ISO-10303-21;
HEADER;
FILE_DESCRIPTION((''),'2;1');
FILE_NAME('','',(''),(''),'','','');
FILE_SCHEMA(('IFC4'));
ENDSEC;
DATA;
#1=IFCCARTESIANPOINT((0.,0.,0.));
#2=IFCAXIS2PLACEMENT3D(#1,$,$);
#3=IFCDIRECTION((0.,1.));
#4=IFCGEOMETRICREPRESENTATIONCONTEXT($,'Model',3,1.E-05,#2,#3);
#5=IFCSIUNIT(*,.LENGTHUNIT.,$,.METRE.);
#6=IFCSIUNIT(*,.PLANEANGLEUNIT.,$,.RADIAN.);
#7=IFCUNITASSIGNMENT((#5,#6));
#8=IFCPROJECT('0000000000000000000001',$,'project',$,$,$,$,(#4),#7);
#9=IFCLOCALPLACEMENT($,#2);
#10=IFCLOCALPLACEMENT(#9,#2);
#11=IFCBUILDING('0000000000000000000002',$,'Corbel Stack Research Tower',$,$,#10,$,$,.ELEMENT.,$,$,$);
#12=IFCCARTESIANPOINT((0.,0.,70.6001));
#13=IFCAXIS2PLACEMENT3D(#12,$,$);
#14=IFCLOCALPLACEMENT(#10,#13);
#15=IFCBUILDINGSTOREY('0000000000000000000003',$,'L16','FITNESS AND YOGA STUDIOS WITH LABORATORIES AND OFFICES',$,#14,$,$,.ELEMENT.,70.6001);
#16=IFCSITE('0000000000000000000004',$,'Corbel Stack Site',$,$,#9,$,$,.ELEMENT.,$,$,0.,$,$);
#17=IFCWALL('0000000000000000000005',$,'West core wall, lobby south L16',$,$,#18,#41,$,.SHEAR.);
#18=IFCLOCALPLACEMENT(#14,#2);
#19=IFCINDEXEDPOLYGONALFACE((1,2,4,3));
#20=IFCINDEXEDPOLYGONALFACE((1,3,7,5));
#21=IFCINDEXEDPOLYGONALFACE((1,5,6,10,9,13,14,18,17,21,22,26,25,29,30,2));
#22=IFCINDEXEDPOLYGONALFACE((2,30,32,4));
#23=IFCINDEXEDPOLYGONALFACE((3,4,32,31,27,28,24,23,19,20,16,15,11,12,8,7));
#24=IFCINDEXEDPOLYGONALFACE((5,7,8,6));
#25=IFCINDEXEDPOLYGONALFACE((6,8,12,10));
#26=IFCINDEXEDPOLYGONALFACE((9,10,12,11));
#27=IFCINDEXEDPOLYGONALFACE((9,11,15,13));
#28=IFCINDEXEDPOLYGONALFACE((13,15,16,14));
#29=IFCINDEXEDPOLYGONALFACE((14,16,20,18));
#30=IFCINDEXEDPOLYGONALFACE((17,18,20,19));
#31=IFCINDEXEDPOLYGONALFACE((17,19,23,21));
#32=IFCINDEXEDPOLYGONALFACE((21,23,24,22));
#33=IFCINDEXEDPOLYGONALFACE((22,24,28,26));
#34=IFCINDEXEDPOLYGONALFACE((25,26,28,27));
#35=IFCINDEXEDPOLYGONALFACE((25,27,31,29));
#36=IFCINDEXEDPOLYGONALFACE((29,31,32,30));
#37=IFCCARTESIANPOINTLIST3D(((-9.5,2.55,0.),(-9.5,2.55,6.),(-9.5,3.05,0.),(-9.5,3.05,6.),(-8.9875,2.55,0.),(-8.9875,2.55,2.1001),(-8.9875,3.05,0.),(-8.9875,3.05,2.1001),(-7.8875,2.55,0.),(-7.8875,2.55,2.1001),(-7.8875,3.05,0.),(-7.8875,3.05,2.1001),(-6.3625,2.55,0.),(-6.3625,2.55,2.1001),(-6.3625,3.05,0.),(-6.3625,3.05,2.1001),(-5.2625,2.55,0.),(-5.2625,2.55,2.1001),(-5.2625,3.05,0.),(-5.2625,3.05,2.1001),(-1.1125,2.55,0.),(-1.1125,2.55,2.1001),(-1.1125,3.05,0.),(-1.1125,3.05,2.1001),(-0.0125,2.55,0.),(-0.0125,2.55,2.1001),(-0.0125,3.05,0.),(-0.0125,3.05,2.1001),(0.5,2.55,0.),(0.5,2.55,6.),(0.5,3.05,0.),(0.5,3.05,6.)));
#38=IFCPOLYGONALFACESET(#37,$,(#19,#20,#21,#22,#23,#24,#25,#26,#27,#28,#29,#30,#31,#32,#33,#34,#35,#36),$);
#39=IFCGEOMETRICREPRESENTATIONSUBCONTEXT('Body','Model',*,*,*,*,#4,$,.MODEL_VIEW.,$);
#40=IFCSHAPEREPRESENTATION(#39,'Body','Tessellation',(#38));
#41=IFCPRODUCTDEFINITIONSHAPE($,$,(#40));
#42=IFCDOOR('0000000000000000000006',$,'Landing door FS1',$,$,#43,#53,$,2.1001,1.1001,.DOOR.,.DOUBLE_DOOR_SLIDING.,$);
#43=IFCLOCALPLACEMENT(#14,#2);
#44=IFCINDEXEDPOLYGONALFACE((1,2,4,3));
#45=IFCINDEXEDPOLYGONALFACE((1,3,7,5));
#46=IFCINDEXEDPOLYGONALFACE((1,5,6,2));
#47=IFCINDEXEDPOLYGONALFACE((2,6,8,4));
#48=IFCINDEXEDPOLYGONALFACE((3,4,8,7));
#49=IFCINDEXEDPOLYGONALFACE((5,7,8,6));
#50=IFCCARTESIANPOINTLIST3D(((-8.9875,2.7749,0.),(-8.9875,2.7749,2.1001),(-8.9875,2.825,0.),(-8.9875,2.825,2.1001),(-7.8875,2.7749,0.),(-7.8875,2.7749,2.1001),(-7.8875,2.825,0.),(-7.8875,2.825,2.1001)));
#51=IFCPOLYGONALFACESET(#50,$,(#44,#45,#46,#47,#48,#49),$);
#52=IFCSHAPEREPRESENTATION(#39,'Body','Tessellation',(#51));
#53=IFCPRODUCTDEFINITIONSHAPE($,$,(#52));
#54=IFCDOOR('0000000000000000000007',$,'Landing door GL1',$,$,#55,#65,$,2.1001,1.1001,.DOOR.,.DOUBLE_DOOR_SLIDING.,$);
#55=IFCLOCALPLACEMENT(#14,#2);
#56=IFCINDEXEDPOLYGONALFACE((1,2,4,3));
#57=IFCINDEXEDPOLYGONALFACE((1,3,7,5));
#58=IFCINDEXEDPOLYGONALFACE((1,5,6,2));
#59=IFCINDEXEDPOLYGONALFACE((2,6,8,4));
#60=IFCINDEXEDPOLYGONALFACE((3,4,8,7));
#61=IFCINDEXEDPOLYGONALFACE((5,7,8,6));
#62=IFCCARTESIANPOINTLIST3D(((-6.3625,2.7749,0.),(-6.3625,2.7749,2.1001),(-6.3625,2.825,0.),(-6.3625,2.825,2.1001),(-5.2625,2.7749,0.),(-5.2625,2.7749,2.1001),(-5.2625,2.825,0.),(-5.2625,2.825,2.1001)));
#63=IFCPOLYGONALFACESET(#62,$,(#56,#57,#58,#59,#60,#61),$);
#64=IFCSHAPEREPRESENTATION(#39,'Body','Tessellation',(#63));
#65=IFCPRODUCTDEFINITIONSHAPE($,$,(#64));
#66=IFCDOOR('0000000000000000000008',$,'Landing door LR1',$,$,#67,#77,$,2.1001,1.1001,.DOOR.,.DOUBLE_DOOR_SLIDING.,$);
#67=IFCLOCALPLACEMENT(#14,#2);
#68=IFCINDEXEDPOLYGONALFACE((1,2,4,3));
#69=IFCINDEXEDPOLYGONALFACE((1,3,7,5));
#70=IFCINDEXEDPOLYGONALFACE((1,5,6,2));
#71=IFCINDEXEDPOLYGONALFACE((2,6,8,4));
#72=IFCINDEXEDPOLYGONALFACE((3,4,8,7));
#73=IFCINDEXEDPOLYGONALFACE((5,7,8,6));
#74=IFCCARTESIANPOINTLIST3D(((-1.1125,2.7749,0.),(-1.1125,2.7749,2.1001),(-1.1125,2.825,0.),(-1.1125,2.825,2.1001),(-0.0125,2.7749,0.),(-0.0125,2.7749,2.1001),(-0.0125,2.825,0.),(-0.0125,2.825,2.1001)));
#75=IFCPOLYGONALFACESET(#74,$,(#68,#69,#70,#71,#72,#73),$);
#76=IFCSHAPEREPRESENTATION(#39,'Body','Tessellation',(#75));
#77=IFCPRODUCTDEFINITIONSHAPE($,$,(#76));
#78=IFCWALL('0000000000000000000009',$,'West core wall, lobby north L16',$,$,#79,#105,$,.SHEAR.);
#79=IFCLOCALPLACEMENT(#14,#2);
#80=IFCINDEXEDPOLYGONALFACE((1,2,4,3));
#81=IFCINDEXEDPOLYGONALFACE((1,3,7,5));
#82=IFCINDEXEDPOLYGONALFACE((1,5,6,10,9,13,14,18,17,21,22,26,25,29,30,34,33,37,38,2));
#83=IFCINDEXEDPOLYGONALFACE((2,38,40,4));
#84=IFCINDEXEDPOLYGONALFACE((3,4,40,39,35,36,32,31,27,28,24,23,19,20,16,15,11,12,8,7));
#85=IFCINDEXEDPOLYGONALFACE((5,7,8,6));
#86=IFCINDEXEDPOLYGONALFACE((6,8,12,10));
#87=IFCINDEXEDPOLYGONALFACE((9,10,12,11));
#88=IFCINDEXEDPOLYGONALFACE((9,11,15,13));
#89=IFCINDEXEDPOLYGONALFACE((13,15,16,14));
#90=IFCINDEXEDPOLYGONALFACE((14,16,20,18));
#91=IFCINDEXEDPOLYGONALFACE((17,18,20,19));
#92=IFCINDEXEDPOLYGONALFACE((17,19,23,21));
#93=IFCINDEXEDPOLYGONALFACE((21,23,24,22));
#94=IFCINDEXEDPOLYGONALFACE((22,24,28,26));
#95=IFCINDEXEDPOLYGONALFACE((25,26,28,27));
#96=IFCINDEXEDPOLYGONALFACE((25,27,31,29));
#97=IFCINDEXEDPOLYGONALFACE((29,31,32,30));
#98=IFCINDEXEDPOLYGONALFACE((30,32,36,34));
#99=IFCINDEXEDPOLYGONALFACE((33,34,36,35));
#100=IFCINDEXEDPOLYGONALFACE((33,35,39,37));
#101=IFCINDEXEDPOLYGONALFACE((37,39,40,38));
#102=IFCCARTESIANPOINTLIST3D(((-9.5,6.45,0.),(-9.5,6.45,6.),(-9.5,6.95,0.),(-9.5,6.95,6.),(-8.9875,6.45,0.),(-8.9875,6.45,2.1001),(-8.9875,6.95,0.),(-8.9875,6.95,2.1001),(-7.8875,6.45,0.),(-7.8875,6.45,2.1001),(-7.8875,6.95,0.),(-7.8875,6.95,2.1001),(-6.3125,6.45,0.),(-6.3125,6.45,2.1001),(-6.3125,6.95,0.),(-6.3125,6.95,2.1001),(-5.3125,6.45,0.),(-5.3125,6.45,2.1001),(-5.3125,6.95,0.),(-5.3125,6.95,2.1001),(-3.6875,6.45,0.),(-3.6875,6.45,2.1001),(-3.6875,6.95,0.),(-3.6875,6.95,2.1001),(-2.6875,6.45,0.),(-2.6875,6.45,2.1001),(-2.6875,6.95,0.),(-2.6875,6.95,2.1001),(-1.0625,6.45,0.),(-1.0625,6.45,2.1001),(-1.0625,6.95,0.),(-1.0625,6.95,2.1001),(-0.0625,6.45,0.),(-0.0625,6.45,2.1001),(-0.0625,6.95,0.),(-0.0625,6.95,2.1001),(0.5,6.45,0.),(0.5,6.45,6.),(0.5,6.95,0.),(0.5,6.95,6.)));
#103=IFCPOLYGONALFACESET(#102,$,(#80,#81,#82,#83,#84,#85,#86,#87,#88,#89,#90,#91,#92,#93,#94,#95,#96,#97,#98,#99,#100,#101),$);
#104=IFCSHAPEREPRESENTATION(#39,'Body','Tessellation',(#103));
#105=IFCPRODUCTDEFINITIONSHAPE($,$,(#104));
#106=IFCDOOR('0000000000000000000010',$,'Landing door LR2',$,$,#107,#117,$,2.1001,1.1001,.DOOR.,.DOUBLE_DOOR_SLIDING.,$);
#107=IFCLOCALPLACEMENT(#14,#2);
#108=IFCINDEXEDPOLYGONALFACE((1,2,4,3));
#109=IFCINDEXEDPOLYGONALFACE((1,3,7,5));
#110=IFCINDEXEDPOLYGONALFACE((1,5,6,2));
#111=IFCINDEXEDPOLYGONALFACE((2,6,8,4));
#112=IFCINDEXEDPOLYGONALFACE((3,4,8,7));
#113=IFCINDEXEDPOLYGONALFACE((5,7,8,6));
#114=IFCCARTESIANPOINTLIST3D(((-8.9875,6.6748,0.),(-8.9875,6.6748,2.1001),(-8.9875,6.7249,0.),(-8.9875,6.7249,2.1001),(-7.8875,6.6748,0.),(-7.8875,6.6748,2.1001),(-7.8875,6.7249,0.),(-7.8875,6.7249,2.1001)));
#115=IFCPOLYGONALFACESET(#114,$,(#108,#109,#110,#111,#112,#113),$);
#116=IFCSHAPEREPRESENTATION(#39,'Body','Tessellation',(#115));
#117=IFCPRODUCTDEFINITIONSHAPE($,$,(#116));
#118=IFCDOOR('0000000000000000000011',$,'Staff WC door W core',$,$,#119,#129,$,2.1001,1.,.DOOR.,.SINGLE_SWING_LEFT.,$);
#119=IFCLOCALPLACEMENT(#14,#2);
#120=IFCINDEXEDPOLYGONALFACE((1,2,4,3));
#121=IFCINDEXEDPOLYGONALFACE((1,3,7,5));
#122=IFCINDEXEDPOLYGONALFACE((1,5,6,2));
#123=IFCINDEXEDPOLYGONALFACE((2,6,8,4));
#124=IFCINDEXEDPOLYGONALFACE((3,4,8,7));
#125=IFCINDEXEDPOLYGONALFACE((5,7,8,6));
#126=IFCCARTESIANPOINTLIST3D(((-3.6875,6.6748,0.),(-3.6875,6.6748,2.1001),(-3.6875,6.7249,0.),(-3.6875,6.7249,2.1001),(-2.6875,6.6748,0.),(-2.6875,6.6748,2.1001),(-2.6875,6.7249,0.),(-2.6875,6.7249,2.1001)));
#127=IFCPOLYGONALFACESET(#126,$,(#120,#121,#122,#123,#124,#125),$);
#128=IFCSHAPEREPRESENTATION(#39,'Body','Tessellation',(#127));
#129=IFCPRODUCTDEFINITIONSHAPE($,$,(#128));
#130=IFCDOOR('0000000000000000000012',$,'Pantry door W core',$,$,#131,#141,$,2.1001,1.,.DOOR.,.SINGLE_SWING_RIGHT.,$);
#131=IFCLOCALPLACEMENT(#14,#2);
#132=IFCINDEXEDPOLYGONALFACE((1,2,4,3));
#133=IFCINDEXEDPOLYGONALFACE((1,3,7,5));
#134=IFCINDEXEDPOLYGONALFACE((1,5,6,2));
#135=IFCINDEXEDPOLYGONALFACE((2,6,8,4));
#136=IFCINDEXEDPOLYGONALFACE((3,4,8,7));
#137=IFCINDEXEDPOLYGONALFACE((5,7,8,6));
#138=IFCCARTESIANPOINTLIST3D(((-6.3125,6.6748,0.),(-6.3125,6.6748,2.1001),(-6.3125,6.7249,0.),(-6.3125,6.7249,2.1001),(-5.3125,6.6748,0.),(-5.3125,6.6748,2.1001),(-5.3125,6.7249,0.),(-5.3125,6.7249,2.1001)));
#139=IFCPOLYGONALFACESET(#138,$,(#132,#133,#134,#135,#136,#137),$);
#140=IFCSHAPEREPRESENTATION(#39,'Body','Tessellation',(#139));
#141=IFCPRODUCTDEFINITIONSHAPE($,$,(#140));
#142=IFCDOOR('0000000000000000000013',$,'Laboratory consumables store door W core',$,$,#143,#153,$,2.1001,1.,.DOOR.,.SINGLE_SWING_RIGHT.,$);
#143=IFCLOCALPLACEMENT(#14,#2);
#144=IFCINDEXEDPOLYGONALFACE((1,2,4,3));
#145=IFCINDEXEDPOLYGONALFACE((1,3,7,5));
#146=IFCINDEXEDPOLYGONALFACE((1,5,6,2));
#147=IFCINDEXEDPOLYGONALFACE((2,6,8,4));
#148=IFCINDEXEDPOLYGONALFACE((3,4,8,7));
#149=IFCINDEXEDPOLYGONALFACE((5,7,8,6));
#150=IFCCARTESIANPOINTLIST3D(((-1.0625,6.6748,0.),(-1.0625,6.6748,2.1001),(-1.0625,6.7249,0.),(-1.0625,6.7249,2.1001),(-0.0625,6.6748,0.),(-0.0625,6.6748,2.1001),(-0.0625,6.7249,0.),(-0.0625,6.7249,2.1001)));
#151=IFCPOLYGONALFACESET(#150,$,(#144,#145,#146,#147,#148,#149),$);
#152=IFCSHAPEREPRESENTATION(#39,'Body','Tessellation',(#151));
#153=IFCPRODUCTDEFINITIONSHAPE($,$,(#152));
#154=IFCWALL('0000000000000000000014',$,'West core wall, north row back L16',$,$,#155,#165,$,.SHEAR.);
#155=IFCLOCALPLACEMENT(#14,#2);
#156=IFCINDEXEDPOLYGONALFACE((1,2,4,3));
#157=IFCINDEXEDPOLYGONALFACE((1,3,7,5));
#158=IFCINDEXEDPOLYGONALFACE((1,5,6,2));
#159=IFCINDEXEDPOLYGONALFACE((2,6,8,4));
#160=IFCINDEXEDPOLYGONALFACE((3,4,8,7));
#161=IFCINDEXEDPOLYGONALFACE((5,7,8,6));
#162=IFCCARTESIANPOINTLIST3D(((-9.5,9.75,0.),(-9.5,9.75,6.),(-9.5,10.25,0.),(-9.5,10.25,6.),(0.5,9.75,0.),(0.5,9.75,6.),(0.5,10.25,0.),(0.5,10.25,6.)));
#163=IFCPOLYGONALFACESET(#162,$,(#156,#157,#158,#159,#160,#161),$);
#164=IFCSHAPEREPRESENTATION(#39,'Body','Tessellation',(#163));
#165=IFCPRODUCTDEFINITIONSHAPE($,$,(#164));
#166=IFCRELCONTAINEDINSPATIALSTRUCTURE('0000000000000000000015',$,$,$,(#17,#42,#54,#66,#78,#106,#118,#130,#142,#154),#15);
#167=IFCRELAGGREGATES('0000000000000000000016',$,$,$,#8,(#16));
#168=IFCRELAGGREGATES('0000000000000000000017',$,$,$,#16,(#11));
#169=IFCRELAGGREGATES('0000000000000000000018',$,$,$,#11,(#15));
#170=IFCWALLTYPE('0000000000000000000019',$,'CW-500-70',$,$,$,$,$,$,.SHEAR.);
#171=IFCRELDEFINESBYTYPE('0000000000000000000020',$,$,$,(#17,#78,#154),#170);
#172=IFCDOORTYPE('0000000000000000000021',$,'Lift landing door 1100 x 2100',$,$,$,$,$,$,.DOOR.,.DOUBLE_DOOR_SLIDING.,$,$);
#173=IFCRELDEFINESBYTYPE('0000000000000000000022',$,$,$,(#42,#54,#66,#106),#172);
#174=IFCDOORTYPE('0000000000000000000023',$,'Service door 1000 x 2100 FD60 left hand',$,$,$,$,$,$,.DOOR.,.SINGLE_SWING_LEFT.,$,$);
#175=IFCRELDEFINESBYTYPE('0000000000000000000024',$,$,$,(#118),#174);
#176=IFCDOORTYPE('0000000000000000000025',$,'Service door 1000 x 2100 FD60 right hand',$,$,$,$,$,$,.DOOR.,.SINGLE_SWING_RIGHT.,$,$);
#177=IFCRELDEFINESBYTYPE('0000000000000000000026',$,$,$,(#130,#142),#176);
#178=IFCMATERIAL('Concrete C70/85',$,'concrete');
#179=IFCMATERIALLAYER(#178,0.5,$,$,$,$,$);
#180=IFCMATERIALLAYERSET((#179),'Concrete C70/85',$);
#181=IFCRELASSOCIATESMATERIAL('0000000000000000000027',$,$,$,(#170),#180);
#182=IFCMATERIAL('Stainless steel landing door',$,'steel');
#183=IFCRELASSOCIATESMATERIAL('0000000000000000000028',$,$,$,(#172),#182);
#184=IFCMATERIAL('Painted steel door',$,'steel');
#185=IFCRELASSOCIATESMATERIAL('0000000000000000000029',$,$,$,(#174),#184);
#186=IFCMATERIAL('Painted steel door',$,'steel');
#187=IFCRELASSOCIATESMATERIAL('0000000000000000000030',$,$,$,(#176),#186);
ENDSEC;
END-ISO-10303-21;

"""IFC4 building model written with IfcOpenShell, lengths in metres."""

from ifc_helpers import new_model, si_unit, direction, frame, frame_2d, origin, place, context, subcontext, project, spatial, rectangle, extrude, material, layer, layer_set, type_object, element, fill, save


model = new_model("IFC4")

# Units and contexts
model_context = context("Model", 3, precision=1e-05, world=origin(), true_north=direction((0.0, 1.0)))
body_context = subcontext(model_context, "Body", "Model", "MODEL_VIEW")
ifc_project = project(units=[si_unit("LENGTHUNIT", "METRE"), si_unit("PLANEANGLEUNIT", "RADIAN")], contexts=[model_context])

# Site, building, storey
site_placement = place(None, origin())
site = spatial("IfcSite", under=ifc_project, at=site_placement, Name="Corbel Stack Site", CompositionType="ELEMENT", RefElevation=0.0)
building_placement = place(site_placement, origin())
building = spatial("IfcBuilding", under=site, at=building_placement, Name="Corbel Stack Research Tower", CompositionType="ELEMENT")
storey_placement = place(building_placement, frame((0.0, 0.0, 70.6001)))
storey = spatial("IfcBuildingStorey", under=building, at=storey_placement, Name="L16", Description="FITNESS AND YOGA STUDIOS WITH LABORATORIES AND OFFICES", CompositionType="ELEMENT", Elevation=70.6001)

# Walls, openings, doors
ifc_material_1 = material(Name="Concrete C70/85", Category="concrete")
ifc_layer_1 = layer(ifc_material_1, 0.5)
ifc_layer_set_1 = layer_set([ifc_layer_1], Name="Concrete C70/85")
wall_type = type_object("IfcWallType", Name="CW-500-70", PredefinedType="SHEAR", material=ifc_layer_set_1)
wall_1_placement = place(storey_placement, frame((-9.5, 2.8, 0.0), z_axis=(0.0, 0.0, 1.0), x_axis=(1.0, 0.0, 0.0)))
wall_1 = element("IfcWall", 1, at=wall_1_placement, inside=storey, type_object=wall_type, Name="West core wall, lobby south L16", PredefinedType="SHEAR", context=body_context, shape_type="SweptSolid", body=[
    extrude(rectangle(XDim=10.0, YDim=0.5, at=frame_2d((5.0, 0.0))), origin(), (0.0, 0.0, 1.0), 6.0),
])
opening_1_placement = place(wall_1_placement, frame((0.5125, 0.0, 0.0)))
opening_1 = element("IfcOpeningElement", 2, at=opening_1_placement, cuts=wall_1, PredefinedType="OPENING", context=body_context, shape_type="SweptSolid", body=[
    extrude(rectangle(XDim=1.1001, YDim=2.1001, at=frame_2d((0.55, 1.05))), frame((0.0, 0.26, 0.0), z_axis=(0.0, -1.0, 0.0), x_axis=(1.0, 0.0, 0.0)), (0.0, 0.0, 1.0), 0.52),
])
opening_2_placement = place(wall_1_placement, frame((3.1375, 0.0, 0.0)))
opening_2 = element("IfcOpeningElement", 3, at=opening_2_placement, cuts=wall_1, PredefinedType="OPENING", context=body_context, shape_type="SweptSolid", body=[
    extrude(rectangle(XDim=1.1001, YDim=2.1001, at=frame_2d((0.55, 1.05))), frame((0.0, 0.26, 0.0), z_axis=(0.0, -1.0, 0.0), x_axis=(1.0, 0.0, 0.0)), (0.0, 0.0, 1.0), 0.52),
])
opening_3_placement = place(wall_1_placement, frame((8.3875, 0.0, 0.0)))
opening_3 = element("IfcOpeningElement", 4, at=opening_3_placement, cuts=wall_1, PredefinedType="OPENING", context=body_context, shape_type="SweptSolid", body=[
    extrude(rectangle(XDim=1.1001, YDim=2.1001, at=frame_2d((0.55, 1.05))), frame((0.0, 0.26, 0.0), z_axis=(0.0, -1.0, 0.0), x_axis=(1.0, 0.0, 0.0)), (0.0, 0.0, 1.0), 0.52),
])
ifc_material_2 = material(Name="Stainless steel landing door", Category="steel")
door_type_1 = type_object("IfcDoorType", Name="Lift landing door 1100 x 2100", OperationType="DOUBLE_DOOR_SLIDING", PredefinedType="DOOR", material=ifc_material_2)
door_1_placement = place(opening_1_placement, origin())
door_1 = element("IfcDoor", 5, at=door_1_placement, inside=storey, type_object=door_type_1, Name="Landing door FS1", OperationType="DOUBLE_DOOR_SLIDING", OverallHeight=2.1001, OverallWidth=1.1001, PredefinedType="DOOR", context=body_context, shape_type="SweptSolid", body=[
    extrude(rectangle(XDim=1.1001, YDim=2.1001, at=frame_2d((0.55, 1.05))), frame((0.0, 0.0249, 0.0), z_axis=(0.0, -1.0, 0.0), x_axis=(1.0, 0.0, 0.0)), (0.0, 0.0, 1.0), 0.05),
])
fill(opening_1, door_1)
door_2_placement = place(opening_2_placement, origin())
door_2 = element("IfcDoor", 6, at=door_2_placement, inside=storey, type_object=door_type_1, Name="Landing door GL1", OperationType="DOUBLE_DOOR_SLIDING", OverallHeight=2.1001, OverallWidth=1.1001, PredefinedType="DOOR", context=body_context, shape_type="SweptSolid", body=[
    extrude(rectangle(XDim=1.1001, YDim=2.1001, at=frame_2d((0.55, 1.05))), frame((0.0, 0.0249, 0.0), z_axis=(0.0, -1.0, 0.0), x_axis=(1.0, 0.0, 0.0)), (0.0, 0.0, 1.0), 0.05),
])
fill(opening_2, door_2)
door_3_placement = place(opening_3_placement, origin())
door_3 = element("IfcDoor", 7, at=door_3_placement, inside=storey, type_object=door_type_1, Name="Landing door LR1", OperationType="DOUBLE_DOOR_SLIDING", OverallHeight=2.1001, OverallWidth=1.1001, PredefinedType="DOOR", context=body_context, shape_type="SweptSolid", body=[
    extrude(rectangle(XDim=1.1001, YDim=2.1001, at=frame_2d((0.55, 1.05))), frame((0.0, 0.0249, 0.0), z_axis=(0.0, -1.0, 0.0), x_axis=(1.0, 0.0, 0.0)), (0.0, 0.0, 1.0), 0.05),
])
fill(opening_3, door_3)
wall_2_placement = place(storey_placement, frame((-9.5, 6.7, 0.0), z_axis=(0.0, 0.0, 1.0), x_axis=(1.0, 0.0, 0.0)))
wall_2 = element("IfcWall", 8, at=wall_2_placement, inside=storey, type_object=wall_type, Name="West core wall, lobby north L16", PredefinedType="SHEAR", context=body_context, shape_type="SweptSolid", body=[
    extrude(rectangle(XDim=10.0, YDim=0.5, at=frame_2d((5.0, 0.0))), origin(), (0.0, 0.0, 1.0), 6.0),
])
opening_4_placement = place(wall_2_placement, frame((0.5125, 0.0, 0.0)))
opening_4 = element("IfcOpeningElement", 9, at=opening_4_placement, cuts=wall_2, PredefinedType="OPENING", context=body_context, shape_type="SweptSolid", body=[
    extrude(rectangle(XDim=1.1001, YDim=2.1001, at=frame_2d((0.55, 1.05))), frame((0.0, 0.26, 0.0), z_axis=(0.0, -1.0, 0.0), x_axis=(1.0, 0.0, 0.0)), (0.0, 0.0, 1.0), 0.52),
])
opening_5_placement = place(wall_2_placement, frame((3.1875, 0.0, 0.0)))
opening_5 = element("IfcOpeningElement", 10, at=opening_5_placement, cuts=wall_2, PredefinedType="OPENING", context=body_context, shape_type="SweptSolid", body=[
    extrude(rectangle(XDim=1.0, YDim=2.1001, at=frame_2d((0.5, 1.05))), frame((0.0, 0.26, 0.0), z_axis=(0.0, -1.0, 0.0), x_axis=(1.0, 0.0, 0.0)), (0.0, 0.0, 1.0), 0.52),
])
opening_6_placement = place(wall_2_placement, frame((5.8125, 0.0, 0.0)))
opening_6 = element("IfcOpeningElement", 11, at=opening_6_placement, cuts=wall_2, PredefinedType="OPENING", context=body_context, shape_type="SweptSolid", body=[
    extrude(rectangle(XDim=1.0, YDim=2.1001, at=frame_2d((0.5, 1.05))), frame((0.0, 0.26, 0.0), z_axis=(0.0, -1.0, 0.0), x_axis=(1.0, 0.0, 0.0)), (0.0, 0.0, 1.0), 0.52),
])
opening_7_placement = place(wall_2_placement, frame((8.4375, 0.0, 0.0)))
opening_7 = element("IfcOpeningElement", 12, at=opening_7_placement, cuts=wall_2, PredefinedType="OPENING", context=body_context, shape_type="SweptSolid", body=[
    extrude(rectangle(XDim=1.0, YDim=2.1001, at=frame_2d((0.5, 1.05))), frame((0.0, 0.26, 0.0), z_axis=(0.0, -1.0, 0.0), x_axis=(1.0, 0.0, 0.0)), (0.0, 0.0, 1.0), 0.52),
])
door_4_placement = place(opening_4_placement, origin())
door_4 = element("IfcDoor", 13, at=door_4_placement, inside=storey, type_object=door_type_1, Name="Landing door LR2", OperationType="DOUBLE_DOOR_SLIDING", OverallHeight=2.1001, OverallWidth=1.1001, PredefinedType="DOOR", context=body_context, shape_type="SweptSolid", body=[
    extrude(rectangle(XDim=1.1001, YDim=2.1001, at=frame_2d((0.55, 1.05))), frame((0.0, 0.0249, 0.0), z_axis=(0.0, -1.0, 0.0), x_axis=(1.0, 0.0, 0.0)), (0.0, 0.0, 1.0), 0.05),
])
fill(opening_4, door_4)
ifc_material_3 = material(Name="Painted steel door", Category="steel")
door_type_2 = type_object("IfcDoorType", Name="Service door 1000 x 2100 FD60 left hand", OperationType="SINGLE_SWING_LEFT", PredefinedType="DOOR", material=ifc_material_3)
door_5_placement = place(opening_6_placement, origin())
door_5 = element("IfcDoor", 14, at=door_5_placement, inside=storey, type_object=door_type_2, Name="Staff WC door W core", OperationType="SINGLE_SWING_LEFT", OverallHeight=2.1001, OverallWidth=1.0, PredefinedType="DOOR", context=body_context, shape_type="SweptSolid", body=[
    extrude(rectangle(XDim=1.0, YDim=2.1001, at=frame_2d((0.5, 1.05))), frame((0.0, 0.0249, 0.0), z_axis=(0.0, -1.0, 0.0), x_axis=(1.0, 0.0, 0.0)), (0.0, 0.0, 1.0), 0.05),
])
fill(opening_6, door_5)
ifc_material_4 = material(Name="Painted steel door", Category="steel")
door_type_3 = type_object("IfcDoorType", Name="Service door 1000 x 2100 FD60 right hand", OperationType="SINGLE_SWING_RIGHT", PredefinedType="DOOR", material=ifc_material_4)
door_6_placement = place(opening_5_placement, origin())
door_6 = element("IfcDoor", 15, at=door_6_placement, inside=storey, type_object=door_type_3, Name="Pantry door W core", OperationType="SINGLE_SWING_RIGHT", OverallHeight=2.1001, OverallWidth=1.0, PredefinedType="DOOR", context=body_context, shape_type="SweptSolid", body=[
    extrude(rectangle(XDim=1.0, YDim=2.1001, at=frame_2d((0.5, 1.05))), frame((0.0, 0.0249, 0.0), z_axis=(0.0, -1.0, 0.0), x_axis=(1.0, 0.0, 0.0)), (0.0, 0.0, 1.0), 0.05),
])
fill(opening_5, door_6)
door_7_placement = place(opening_7_placement, origin())
door_7 = element("IfcDoor", 16, at=door_7_placement, inside=storey, type_object=door_type_3, Name="Laboratory consumables store door W core", OperationType="SINGLE_SWING_RIGHT", OverallHeight=2.1001, OverallWidth=1.0, PredefinedType="DOOR", context=body_context, shape_type="SweptSolid", body=[
    extrude(rectangle(XDim=1.0, YDim=2.1001, at=frame_2d((0.5, 1.05))), frame((0.0, 0.0249, 0.0), z_axis=(0.0, -1.0, 0.0), x_axis=(1.0, 0.0, 0.0)), (0.0, 0.0, 1.0), 0.05),
])
fill(opening_7, door_7)

# Wall
wall_3_placement = place(storey_placement, frame((-9.5, 10.0, 0.0), z_axis=(0.0, 0.0, 1.0), x_axis=(1.0, 0.0, 0.0)))
element("IfcWall", 17, at=wall_3_placement, inside=storey, type_object=wall_type, Name="West core wall, north row back L16", PredefinedType="SHEAR", context=body_context, shape_type="SweptSolid", body=[
    extrude(rectangle(XDim=10.0, YDim=0.5, at=frame_2d((5.0, 0.0))), origin(), (0.0, 0.0, 1.0), 6.0),
])

save(model, "model.ifc")
